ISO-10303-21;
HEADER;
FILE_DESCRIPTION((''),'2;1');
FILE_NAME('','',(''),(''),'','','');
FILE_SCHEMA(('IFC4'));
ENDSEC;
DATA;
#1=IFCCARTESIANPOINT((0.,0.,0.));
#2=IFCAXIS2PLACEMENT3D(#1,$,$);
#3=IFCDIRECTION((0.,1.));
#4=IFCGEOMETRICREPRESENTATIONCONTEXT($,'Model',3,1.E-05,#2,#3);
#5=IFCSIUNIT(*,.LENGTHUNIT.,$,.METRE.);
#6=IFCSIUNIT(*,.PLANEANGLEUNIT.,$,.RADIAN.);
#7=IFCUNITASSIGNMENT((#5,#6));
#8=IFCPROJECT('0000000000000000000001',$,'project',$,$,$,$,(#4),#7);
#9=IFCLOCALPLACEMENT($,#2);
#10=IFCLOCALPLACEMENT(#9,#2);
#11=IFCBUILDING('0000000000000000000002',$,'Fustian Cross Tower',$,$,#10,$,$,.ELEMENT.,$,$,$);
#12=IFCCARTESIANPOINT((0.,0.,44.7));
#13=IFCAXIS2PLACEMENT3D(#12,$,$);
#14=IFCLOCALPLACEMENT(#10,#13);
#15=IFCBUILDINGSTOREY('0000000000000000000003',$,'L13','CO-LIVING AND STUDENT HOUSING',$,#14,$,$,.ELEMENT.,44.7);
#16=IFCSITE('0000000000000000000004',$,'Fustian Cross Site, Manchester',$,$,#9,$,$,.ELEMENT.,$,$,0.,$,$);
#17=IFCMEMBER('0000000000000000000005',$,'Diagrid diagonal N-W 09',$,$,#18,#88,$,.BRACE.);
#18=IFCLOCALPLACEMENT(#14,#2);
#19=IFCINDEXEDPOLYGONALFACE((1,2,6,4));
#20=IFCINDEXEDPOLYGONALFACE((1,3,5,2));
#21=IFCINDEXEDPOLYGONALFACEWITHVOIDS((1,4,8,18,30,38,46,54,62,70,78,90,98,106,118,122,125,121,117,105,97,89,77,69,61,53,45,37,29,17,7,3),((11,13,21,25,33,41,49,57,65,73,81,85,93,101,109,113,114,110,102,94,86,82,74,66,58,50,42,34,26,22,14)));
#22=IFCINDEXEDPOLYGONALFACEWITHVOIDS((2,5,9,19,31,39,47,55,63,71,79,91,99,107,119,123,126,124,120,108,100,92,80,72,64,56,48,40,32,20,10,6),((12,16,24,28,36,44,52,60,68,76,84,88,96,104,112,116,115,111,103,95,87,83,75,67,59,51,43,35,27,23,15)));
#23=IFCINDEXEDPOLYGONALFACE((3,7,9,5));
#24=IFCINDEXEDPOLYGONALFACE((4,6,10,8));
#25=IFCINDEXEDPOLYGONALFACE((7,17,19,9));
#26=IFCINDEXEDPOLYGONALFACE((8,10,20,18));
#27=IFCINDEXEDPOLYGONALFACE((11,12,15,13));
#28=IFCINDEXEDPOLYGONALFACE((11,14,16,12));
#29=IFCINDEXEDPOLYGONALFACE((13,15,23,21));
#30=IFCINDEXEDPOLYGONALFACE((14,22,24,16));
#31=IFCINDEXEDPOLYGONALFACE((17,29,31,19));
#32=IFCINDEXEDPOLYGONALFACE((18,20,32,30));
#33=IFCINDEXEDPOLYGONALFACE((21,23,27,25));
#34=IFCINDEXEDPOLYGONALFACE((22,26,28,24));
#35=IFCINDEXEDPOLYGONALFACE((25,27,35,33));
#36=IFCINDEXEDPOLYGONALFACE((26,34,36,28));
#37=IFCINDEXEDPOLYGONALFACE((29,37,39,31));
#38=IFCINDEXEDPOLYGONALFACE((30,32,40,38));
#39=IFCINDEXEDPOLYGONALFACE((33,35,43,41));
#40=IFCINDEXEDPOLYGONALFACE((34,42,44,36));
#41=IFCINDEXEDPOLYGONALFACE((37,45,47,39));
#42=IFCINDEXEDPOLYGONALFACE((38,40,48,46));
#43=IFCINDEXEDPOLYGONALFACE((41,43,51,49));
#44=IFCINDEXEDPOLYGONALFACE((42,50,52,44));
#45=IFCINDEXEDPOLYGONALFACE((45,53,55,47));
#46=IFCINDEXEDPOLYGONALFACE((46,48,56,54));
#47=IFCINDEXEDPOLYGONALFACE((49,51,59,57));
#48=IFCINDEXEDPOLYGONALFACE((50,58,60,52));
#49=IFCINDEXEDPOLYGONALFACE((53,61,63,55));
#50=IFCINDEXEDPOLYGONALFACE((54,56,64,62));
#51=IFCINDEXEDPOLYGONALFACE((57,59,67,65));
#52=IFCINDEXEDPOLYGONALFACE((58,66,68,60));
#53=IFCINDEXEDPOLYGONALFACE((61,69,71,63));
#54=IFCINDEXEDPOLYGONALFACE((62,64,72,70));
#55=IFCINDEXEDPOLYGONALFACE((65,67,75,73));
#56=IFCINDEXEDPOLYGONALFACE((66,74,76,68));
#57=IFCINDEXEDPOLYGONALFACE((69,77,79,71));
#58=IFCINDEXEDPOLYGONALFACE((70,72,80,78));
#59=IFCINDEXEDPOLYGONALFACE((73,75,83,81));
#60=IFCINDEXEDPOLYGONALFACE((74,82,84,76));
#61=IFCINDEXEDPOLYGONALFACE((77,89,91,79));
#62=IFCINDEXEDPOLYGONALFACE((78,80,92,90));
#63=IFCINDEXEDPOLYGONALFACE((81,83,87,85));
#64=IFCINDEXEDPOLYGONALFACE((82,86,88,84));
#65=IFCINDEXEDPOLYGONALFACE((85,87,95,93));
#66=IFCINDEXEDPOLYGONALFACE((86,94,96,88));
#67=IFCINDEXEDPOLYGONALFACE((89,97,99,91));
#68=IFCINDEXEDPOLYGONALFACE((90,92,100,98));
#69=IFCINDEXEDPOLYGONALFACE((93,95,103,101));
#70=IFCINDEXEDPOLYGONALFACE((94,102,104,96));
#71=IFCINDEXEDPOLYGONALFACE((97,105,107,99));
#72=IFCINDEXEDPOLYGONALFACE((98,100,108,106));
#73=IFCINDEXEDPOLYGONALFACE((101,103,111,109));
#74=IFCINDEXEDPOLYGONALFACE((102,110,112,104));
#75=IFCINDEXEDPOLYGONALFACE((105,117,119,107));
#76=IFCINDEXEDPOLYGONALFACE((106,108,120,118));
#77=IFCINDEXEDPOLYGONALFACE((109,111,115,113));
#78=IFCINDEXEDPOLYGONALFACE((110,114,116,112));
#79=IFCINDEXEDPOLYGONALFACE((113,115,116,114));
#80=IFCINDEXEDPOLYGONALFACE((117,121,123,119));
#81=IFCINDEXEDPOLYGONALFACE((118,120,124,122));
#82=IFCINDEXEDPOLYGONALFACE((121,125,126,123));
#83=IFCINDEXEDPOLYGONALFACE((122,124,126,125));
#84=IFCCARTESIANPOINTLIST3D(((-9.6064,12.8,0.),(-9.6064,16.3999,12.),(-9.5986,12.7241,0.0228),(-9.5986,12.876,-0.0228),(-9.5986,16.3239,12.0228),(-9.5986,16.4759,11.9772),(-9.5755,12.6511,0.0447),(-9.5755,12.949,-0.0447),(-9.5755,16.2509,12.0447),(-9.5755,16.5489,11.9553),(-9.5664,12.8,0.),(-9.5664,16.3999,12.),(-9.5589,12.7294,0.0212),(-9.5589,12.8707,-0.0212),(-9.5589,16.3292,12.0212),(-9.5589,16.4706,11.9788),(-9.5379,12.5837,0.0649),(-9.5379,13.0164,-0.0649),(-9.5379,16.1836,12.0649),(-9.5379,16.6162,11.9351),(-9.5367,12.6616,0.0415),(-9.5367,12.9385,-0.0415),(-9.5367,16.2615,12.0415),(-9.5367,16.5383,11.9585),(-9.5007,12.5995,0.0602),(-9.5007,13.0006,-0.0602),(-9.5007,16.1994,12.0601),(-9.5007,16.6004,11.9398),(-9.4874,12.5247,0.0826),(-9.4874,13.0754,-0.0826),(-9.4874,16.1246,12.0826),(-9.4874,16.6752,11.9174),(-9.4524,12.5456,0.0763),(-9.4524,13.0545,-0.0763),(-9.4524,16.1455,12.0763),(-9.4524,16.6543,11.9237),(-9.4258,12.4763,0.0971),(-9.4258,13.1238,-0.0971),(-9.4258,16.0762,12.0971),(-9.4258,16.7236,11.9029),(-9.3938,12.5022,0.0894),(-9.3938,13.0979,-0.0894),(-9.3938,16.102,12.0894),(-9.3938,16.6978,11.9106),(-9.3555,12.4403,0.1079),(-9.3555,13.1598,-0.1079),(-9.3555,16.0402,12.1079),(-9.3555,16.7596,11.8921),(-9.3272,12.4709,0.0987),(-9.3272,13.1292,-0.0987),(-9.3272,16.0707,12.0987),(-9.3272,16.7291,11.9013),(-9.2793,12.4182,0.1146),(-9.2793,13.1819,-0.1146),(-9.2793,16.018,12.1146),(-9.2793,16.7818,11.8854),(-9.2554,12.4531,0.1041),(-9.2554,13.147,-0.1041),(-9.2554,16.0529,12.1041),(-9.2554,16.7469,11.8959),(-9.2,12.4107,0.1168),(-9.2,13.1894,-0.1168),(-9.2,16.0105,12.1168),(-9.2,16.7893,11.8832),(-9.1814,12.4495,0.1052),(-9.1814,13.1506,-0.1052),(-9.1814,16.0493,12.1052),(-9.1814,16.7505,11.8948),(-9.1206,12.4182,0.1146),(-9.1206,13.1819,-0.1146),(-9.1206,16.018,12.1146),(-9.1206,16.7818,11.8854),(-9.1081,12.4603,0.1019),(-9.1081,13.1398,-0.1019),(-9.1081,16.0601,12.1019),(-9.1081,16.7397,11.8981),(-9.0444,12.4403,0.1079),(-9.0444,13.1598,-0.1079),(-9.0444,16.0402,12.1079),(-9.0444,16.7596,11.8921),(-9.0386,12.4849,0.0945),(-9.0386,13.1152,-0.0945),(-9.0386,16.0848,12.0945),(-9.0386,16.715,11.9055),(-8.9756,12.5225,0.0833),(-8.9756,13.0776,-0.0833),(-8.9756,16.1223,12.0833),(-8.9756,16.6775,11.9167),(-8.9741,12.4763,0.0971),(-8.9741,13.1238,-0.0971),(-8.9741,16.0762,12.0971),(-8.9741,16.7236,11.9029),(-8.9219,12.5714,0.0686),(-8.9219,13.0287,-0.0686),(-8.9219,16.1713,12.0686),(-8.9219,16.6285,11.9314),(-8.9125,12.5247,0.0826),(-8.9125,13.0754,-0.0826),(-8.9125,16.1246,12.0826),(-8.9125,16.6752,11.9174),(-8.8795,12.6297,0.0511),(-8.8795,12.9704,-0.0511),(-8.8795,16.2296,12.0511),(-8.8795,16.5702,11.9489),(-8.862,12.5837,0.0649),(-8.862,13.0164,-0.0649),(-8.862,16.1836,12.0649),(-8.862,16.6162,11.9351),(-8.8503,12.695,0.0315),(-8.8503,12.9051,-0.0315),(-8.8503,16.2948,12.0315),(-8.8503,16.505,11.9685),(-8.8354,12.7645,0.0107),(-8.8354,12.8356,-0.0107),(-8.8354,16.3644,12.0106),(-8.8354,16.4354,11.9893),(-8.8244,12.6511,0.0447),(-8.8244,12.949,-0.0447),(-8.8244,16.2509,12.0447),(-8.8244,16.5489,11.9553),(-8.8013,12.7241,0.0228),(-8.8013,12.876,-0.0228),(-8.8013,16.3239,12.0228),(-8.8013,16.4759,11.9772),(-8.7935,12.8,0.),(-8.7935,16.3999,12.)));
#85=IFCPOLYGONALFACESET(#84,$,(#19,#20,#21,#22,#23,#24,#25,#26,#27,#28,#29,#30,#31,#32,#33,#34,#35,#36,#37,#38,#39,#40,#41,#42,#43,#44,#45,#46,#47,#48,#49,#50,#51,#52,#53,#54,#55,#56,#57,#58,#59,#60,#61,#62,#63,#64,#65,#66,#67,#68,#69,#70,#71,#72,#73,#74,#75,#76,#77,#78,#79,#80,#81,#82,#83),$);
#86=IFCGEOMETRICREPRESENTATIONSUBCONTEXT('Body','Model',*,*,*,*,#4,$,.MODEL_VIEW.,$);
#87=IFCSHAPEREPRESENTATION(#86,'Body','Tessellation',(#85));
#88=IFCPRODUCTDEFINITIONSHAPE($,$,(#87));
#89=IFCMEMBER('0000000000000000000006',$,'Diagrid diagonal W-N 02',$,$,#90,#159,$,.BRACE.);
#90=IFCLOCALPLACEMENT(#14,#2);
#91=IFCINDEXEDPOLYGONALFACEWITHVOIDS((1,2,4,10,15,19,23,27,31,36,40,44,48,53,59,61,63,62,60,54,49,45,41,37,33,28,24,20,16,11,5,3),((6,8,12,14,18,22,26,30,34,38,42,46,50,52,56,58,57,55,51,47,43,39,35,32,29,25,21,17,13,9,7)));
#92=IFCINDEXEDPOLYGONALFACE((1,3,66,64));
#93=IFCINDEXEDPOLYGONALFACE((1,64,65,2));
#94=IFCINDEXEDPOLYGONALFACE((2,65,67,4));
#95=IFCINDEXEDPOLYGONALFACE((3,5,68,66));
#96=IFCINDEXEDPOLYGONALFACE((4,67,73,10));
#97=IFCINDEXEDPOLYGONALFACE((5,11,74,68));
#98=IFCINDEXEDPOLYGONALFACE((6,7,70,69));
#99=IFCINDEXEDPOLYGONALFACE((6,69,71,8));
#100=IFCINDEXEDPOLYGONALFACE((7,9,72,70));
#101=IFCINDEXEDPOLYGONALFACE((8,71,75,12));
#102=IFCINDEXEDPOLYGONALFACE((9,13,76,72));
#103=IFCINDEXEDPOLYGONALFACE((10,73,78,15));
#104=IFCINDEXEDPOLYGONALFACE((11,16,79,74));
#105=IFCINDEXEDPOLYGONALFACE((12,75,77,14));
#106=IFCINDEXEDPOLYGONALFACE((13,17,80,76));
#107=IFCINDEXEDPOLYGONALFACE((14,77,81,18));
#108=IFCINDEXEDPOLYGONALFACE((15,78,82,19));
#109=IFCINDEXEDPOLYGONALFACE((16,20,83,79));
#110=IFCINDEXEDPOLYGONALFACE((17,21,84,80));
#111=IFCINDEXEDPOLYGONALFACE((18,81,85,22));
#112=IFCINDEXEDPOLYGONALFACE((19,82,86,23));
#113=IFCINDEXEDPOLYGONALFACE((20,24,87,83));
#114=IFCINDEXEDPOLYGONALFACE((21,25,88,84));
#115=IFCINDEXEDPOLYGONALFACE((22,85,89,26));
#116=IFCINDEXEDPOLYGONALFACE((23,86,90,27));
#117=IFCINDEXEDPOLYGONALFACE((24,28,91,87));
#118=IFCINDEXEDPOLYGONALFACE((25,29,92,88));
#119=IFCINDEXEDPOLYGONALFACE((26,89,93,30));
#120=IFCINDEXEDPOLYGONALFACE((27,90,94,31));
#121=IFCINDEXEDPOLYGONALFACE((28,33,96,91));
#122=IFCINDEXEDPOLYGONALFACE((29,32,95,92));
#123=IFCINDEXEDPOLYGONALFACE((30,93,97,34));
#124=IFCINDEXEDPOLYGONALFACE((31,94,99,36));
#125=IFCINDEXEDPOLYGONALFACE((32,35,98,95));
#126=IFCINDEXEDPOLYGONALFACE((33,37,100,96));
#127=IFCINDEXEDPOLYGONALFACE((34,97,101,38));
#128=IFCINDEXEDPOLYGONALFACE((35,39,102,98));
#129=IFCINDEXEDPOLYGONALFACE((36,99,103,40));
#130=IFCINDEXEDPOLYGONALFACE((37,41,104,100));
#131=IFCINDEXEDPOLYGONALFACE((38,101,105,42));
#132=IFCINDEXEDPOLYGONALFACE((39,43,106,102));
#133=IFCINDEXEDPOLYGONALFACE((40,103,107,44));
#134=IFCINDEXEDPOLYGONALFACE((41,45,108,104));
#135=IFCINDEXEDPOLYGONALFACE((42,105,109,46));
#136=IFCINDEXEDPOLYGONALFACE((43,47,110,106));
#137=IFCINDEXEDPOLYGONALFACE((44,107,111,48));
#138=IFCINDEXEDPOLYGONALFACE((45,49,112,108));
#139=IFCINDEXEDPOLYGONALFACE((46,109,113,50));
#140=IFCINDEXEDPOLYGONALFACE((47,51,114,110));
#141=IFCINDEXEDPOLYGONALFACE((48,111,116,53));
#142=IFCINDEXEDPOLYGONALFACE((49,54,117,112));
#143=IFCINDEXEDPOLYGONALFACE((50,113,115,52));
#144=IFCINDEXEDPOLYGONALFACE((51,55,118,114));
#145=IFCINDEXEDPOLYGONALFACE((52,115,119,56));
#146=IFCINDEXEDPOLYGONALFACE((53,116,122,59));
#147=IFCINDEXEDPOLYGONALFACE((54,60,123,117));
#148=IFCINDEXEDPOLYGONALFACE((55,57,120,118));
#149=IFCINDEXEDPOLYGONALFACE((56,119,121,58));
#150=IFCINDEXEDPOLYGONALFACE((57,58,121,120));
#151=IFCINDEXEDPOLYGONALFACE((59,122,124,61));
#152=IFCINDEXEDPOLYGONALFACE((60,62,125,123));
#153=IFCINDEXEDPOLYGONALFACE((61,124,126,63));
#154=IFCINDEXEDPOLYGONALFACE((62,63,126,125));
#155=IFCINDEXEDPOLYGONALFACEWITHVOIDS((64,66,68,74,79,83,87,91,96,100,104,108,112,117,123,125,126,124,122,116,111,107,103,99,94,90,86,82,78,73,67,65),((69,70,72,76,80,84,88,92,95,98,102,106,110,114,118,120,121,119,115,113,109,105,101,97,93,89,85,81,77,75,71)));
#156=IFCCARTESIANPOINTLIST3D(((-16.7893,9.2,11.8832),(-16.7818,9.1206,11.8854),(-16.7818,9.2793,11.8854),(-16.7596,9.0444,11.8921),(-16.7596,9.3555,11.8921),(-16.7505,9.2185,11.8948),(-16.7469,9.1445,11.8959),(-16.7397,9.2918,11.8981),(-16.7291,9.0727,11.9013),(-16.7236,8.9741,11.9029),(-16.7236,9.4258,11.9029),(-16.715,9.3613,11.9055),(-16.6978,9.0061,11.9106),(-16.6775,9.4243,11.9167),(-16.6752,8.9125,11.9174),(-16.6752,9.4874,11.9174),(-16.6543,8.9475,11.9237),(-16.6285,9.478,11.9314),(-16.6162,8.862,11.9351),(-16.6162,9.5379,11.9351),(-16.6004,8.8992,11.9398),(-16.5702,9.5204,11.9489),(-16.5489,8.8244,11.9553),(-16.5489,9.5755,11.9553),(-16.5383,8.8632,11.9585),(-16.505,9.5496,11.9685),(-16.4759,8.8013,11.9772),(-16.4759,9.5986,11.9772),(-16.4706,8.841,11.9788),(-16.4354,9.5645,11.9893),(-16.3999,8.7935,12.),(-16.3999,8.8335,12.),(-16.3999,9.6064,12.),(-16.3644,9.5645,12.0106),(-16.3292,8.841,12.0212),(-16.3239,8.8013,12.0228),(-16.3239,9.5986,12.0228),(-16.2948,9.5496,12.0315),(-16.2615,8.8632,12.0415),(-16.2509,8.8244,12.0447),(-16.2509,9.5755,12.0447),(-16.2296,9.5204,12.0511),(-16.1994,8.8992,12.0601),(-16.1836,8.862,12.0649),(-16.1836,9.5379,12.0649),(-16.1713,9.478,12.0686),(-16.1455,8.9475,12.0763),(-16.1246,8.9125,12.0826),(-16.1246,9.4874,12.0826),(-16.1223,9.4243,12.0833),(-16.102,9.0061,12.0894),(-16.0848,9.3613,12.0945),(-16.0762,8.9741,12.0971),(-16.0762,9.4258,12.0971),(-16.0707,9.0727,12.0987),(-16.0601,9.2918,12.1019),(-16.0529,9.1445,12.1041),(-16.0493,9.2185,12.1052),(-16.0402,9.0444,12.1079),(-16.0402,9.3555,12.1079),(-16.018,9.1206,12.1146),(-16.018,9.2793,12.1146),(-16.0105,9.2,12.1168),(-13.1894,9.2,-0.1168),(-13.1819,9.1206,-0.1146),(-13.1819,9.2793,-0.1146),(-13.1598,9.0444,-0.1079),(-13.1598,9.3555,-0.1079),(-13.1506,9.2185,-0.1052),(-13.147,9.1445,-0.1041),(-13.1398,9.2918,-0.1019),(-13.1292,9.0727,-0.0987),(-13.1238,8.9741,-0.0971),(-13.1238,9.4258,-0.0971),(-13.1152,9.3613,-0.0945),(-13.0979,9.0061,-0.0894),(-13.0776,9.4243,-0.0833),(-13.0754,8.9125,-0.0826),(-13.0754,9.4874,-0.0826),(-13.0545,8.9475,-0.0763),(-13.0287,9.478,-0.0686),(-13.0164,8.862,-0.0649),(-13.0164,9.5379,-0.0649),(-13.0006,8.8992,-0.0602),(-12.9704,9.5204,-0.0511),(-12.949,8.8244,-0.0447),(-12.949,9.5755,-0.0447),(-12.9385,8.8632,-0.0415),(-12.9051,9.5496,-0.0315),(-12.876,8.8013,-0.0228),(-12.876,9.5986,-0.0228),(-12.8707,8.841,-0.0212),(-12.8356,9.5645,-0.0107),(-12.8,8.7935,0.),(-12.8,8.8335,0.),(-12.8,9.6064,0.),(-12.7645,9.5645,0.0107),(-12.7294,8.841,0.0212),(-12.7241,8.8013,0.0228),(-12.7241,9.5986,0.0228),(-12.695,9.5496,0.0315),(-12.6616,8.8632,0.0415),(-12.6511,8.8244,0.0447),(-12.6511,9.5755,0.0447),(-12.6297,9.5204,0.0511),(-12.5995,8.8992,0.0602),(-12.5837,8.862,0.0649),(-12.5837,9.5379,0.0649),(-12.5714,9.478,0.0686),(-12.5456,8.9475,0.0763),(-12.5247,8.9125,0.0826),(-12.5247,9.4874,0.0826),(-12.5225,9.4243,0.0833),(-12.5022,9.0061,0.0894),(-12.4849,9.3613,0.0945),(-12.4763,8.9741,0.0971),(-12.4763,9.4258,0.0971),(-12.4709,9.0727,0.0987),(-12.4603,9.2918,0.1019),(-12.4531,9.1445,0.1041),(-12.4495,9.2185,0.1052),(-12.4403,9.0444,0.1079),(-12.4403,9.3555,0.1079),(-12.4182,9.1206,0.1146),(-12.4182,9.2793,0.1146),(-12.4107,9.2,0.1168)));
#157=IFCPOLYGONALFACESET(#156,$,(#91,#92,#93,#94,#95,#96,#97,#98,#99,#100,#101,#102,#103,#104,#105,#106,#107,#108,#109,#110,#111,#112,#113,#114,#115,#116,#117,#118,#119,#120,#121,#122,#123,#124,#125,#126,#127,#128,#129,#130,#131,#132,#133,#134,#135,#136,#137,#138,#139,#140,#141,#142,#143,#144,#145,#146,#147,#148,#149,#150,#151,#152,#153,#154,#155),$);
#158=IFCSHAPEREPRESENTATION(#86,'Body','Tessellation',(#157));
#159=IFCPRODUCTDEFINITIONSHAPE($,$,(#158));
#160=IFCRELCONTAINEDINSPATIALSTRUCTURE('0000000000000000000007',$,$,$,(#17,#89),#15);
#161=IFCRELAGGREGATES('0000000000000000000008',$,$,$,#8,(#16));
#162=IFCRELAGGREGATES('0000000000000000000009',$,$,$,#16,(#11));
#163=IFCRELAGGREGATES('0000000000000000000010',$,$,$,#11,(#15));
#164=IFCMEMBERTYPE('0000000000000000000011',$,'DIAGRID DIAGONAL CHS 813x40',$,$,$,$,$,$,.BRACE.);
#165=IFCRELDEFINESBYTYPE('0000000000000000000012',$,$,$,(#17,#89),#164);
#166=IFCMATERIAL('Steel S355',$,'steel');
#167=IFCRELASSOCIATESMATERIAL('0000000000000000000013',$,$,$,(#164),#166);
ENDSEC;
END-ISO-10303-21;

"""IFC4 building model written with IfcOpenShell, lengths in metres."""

from ifc_helpers import new_model, si_unit, direction, frame, origin, origin_2d, place, context, subcontext, project, spatial, hollow_circle, extrude, material, material_profile, profile_set, type_object, element, save


model = new_model("IFC4")

# Units and contexts
model_context = context("Model", 3, precision=1e-05, world=origin(), true_north=direction((0.0, 1.0)))
body_context = subcontext(model_context, "Body", "Model", "MODEL_VIEW")
ifc_project = project(units=[si_unit("LENGTHUNIT", "METRE"), si_unit("PLANEANGLEUNIT", "RADIAN")], contexts=[model_context])

# Site, building, storey
site_placement = place(None, origin())
site = spatial("IfcSite", under=ifc_project, at=site_placement, Name="Fustian Cross Site, Manchester", CompositionType="ELEMENT", RefElevation=0.0)
building_placement = place(site_placement, origin())
building = spatial("IfcBuilding", under=site, at=building_placement, Name="Fustian Cross Tower", CompositionType="ELEMENT")
storey_placement = place(building_placement, frame((0.0, 0.0, 44.7)))
storey = spatial("IfcBuildingStorey", under=building, at=storey_placement, Name="L13", Description="CO-LIVING AND STUDENT HOUSING", CompositionType="ELEMENT", Elevation=44.7)

# Members
ifc_material_1 = material(Name="Steel S355", Category="steel")
ifc_material_profile_1 = material_profile(ifc_material_1, hollow_circle(Radius=0.4065, WallThickness=0.04, at=origin_2d()), Name="CHS 813x40")
ifc_profile_set_1 = profile_set([ifc_material_profile_1], Name="Steel S355")
member_type_1 = type_object("IfcMemberType", Name="DIAGRID DIAGONAL CHS 813x40", PredefinedType="BRACE", material=ifc_profile_set_1)
for number, where, z_axis, x_axis, name in (
    (1, (-9.2, 12.8, 0.0), (0.0, 0.287337, 0.95783), (-1.0, 0.0, 0.0), "Diagrid diagonal N-W 09"),
    (2, (-12.8, 9.2, 0.0), (-0.287337, 0.0, 0.95783), (0.0, -1.0, 0.0), "Diagrid diagonal W-N 02"),
):
    element("IfcMember", number, at=place(storey_placement, frame(where, z_axis=z_axis, x_axis=x_axis)), inside=storey, type_object=member_type_1, Name=name, PredefinedType="BRACE", context=body_context, shape_type="SweptSolid", body=[
        extrude(hollow_circle(Radius=0.4065, WallThickness=0.04, at=origin_2d()), origin(), (0.0, 0.0, 1.0), 12.5283),
    ])

save(model, "model.ifc")
